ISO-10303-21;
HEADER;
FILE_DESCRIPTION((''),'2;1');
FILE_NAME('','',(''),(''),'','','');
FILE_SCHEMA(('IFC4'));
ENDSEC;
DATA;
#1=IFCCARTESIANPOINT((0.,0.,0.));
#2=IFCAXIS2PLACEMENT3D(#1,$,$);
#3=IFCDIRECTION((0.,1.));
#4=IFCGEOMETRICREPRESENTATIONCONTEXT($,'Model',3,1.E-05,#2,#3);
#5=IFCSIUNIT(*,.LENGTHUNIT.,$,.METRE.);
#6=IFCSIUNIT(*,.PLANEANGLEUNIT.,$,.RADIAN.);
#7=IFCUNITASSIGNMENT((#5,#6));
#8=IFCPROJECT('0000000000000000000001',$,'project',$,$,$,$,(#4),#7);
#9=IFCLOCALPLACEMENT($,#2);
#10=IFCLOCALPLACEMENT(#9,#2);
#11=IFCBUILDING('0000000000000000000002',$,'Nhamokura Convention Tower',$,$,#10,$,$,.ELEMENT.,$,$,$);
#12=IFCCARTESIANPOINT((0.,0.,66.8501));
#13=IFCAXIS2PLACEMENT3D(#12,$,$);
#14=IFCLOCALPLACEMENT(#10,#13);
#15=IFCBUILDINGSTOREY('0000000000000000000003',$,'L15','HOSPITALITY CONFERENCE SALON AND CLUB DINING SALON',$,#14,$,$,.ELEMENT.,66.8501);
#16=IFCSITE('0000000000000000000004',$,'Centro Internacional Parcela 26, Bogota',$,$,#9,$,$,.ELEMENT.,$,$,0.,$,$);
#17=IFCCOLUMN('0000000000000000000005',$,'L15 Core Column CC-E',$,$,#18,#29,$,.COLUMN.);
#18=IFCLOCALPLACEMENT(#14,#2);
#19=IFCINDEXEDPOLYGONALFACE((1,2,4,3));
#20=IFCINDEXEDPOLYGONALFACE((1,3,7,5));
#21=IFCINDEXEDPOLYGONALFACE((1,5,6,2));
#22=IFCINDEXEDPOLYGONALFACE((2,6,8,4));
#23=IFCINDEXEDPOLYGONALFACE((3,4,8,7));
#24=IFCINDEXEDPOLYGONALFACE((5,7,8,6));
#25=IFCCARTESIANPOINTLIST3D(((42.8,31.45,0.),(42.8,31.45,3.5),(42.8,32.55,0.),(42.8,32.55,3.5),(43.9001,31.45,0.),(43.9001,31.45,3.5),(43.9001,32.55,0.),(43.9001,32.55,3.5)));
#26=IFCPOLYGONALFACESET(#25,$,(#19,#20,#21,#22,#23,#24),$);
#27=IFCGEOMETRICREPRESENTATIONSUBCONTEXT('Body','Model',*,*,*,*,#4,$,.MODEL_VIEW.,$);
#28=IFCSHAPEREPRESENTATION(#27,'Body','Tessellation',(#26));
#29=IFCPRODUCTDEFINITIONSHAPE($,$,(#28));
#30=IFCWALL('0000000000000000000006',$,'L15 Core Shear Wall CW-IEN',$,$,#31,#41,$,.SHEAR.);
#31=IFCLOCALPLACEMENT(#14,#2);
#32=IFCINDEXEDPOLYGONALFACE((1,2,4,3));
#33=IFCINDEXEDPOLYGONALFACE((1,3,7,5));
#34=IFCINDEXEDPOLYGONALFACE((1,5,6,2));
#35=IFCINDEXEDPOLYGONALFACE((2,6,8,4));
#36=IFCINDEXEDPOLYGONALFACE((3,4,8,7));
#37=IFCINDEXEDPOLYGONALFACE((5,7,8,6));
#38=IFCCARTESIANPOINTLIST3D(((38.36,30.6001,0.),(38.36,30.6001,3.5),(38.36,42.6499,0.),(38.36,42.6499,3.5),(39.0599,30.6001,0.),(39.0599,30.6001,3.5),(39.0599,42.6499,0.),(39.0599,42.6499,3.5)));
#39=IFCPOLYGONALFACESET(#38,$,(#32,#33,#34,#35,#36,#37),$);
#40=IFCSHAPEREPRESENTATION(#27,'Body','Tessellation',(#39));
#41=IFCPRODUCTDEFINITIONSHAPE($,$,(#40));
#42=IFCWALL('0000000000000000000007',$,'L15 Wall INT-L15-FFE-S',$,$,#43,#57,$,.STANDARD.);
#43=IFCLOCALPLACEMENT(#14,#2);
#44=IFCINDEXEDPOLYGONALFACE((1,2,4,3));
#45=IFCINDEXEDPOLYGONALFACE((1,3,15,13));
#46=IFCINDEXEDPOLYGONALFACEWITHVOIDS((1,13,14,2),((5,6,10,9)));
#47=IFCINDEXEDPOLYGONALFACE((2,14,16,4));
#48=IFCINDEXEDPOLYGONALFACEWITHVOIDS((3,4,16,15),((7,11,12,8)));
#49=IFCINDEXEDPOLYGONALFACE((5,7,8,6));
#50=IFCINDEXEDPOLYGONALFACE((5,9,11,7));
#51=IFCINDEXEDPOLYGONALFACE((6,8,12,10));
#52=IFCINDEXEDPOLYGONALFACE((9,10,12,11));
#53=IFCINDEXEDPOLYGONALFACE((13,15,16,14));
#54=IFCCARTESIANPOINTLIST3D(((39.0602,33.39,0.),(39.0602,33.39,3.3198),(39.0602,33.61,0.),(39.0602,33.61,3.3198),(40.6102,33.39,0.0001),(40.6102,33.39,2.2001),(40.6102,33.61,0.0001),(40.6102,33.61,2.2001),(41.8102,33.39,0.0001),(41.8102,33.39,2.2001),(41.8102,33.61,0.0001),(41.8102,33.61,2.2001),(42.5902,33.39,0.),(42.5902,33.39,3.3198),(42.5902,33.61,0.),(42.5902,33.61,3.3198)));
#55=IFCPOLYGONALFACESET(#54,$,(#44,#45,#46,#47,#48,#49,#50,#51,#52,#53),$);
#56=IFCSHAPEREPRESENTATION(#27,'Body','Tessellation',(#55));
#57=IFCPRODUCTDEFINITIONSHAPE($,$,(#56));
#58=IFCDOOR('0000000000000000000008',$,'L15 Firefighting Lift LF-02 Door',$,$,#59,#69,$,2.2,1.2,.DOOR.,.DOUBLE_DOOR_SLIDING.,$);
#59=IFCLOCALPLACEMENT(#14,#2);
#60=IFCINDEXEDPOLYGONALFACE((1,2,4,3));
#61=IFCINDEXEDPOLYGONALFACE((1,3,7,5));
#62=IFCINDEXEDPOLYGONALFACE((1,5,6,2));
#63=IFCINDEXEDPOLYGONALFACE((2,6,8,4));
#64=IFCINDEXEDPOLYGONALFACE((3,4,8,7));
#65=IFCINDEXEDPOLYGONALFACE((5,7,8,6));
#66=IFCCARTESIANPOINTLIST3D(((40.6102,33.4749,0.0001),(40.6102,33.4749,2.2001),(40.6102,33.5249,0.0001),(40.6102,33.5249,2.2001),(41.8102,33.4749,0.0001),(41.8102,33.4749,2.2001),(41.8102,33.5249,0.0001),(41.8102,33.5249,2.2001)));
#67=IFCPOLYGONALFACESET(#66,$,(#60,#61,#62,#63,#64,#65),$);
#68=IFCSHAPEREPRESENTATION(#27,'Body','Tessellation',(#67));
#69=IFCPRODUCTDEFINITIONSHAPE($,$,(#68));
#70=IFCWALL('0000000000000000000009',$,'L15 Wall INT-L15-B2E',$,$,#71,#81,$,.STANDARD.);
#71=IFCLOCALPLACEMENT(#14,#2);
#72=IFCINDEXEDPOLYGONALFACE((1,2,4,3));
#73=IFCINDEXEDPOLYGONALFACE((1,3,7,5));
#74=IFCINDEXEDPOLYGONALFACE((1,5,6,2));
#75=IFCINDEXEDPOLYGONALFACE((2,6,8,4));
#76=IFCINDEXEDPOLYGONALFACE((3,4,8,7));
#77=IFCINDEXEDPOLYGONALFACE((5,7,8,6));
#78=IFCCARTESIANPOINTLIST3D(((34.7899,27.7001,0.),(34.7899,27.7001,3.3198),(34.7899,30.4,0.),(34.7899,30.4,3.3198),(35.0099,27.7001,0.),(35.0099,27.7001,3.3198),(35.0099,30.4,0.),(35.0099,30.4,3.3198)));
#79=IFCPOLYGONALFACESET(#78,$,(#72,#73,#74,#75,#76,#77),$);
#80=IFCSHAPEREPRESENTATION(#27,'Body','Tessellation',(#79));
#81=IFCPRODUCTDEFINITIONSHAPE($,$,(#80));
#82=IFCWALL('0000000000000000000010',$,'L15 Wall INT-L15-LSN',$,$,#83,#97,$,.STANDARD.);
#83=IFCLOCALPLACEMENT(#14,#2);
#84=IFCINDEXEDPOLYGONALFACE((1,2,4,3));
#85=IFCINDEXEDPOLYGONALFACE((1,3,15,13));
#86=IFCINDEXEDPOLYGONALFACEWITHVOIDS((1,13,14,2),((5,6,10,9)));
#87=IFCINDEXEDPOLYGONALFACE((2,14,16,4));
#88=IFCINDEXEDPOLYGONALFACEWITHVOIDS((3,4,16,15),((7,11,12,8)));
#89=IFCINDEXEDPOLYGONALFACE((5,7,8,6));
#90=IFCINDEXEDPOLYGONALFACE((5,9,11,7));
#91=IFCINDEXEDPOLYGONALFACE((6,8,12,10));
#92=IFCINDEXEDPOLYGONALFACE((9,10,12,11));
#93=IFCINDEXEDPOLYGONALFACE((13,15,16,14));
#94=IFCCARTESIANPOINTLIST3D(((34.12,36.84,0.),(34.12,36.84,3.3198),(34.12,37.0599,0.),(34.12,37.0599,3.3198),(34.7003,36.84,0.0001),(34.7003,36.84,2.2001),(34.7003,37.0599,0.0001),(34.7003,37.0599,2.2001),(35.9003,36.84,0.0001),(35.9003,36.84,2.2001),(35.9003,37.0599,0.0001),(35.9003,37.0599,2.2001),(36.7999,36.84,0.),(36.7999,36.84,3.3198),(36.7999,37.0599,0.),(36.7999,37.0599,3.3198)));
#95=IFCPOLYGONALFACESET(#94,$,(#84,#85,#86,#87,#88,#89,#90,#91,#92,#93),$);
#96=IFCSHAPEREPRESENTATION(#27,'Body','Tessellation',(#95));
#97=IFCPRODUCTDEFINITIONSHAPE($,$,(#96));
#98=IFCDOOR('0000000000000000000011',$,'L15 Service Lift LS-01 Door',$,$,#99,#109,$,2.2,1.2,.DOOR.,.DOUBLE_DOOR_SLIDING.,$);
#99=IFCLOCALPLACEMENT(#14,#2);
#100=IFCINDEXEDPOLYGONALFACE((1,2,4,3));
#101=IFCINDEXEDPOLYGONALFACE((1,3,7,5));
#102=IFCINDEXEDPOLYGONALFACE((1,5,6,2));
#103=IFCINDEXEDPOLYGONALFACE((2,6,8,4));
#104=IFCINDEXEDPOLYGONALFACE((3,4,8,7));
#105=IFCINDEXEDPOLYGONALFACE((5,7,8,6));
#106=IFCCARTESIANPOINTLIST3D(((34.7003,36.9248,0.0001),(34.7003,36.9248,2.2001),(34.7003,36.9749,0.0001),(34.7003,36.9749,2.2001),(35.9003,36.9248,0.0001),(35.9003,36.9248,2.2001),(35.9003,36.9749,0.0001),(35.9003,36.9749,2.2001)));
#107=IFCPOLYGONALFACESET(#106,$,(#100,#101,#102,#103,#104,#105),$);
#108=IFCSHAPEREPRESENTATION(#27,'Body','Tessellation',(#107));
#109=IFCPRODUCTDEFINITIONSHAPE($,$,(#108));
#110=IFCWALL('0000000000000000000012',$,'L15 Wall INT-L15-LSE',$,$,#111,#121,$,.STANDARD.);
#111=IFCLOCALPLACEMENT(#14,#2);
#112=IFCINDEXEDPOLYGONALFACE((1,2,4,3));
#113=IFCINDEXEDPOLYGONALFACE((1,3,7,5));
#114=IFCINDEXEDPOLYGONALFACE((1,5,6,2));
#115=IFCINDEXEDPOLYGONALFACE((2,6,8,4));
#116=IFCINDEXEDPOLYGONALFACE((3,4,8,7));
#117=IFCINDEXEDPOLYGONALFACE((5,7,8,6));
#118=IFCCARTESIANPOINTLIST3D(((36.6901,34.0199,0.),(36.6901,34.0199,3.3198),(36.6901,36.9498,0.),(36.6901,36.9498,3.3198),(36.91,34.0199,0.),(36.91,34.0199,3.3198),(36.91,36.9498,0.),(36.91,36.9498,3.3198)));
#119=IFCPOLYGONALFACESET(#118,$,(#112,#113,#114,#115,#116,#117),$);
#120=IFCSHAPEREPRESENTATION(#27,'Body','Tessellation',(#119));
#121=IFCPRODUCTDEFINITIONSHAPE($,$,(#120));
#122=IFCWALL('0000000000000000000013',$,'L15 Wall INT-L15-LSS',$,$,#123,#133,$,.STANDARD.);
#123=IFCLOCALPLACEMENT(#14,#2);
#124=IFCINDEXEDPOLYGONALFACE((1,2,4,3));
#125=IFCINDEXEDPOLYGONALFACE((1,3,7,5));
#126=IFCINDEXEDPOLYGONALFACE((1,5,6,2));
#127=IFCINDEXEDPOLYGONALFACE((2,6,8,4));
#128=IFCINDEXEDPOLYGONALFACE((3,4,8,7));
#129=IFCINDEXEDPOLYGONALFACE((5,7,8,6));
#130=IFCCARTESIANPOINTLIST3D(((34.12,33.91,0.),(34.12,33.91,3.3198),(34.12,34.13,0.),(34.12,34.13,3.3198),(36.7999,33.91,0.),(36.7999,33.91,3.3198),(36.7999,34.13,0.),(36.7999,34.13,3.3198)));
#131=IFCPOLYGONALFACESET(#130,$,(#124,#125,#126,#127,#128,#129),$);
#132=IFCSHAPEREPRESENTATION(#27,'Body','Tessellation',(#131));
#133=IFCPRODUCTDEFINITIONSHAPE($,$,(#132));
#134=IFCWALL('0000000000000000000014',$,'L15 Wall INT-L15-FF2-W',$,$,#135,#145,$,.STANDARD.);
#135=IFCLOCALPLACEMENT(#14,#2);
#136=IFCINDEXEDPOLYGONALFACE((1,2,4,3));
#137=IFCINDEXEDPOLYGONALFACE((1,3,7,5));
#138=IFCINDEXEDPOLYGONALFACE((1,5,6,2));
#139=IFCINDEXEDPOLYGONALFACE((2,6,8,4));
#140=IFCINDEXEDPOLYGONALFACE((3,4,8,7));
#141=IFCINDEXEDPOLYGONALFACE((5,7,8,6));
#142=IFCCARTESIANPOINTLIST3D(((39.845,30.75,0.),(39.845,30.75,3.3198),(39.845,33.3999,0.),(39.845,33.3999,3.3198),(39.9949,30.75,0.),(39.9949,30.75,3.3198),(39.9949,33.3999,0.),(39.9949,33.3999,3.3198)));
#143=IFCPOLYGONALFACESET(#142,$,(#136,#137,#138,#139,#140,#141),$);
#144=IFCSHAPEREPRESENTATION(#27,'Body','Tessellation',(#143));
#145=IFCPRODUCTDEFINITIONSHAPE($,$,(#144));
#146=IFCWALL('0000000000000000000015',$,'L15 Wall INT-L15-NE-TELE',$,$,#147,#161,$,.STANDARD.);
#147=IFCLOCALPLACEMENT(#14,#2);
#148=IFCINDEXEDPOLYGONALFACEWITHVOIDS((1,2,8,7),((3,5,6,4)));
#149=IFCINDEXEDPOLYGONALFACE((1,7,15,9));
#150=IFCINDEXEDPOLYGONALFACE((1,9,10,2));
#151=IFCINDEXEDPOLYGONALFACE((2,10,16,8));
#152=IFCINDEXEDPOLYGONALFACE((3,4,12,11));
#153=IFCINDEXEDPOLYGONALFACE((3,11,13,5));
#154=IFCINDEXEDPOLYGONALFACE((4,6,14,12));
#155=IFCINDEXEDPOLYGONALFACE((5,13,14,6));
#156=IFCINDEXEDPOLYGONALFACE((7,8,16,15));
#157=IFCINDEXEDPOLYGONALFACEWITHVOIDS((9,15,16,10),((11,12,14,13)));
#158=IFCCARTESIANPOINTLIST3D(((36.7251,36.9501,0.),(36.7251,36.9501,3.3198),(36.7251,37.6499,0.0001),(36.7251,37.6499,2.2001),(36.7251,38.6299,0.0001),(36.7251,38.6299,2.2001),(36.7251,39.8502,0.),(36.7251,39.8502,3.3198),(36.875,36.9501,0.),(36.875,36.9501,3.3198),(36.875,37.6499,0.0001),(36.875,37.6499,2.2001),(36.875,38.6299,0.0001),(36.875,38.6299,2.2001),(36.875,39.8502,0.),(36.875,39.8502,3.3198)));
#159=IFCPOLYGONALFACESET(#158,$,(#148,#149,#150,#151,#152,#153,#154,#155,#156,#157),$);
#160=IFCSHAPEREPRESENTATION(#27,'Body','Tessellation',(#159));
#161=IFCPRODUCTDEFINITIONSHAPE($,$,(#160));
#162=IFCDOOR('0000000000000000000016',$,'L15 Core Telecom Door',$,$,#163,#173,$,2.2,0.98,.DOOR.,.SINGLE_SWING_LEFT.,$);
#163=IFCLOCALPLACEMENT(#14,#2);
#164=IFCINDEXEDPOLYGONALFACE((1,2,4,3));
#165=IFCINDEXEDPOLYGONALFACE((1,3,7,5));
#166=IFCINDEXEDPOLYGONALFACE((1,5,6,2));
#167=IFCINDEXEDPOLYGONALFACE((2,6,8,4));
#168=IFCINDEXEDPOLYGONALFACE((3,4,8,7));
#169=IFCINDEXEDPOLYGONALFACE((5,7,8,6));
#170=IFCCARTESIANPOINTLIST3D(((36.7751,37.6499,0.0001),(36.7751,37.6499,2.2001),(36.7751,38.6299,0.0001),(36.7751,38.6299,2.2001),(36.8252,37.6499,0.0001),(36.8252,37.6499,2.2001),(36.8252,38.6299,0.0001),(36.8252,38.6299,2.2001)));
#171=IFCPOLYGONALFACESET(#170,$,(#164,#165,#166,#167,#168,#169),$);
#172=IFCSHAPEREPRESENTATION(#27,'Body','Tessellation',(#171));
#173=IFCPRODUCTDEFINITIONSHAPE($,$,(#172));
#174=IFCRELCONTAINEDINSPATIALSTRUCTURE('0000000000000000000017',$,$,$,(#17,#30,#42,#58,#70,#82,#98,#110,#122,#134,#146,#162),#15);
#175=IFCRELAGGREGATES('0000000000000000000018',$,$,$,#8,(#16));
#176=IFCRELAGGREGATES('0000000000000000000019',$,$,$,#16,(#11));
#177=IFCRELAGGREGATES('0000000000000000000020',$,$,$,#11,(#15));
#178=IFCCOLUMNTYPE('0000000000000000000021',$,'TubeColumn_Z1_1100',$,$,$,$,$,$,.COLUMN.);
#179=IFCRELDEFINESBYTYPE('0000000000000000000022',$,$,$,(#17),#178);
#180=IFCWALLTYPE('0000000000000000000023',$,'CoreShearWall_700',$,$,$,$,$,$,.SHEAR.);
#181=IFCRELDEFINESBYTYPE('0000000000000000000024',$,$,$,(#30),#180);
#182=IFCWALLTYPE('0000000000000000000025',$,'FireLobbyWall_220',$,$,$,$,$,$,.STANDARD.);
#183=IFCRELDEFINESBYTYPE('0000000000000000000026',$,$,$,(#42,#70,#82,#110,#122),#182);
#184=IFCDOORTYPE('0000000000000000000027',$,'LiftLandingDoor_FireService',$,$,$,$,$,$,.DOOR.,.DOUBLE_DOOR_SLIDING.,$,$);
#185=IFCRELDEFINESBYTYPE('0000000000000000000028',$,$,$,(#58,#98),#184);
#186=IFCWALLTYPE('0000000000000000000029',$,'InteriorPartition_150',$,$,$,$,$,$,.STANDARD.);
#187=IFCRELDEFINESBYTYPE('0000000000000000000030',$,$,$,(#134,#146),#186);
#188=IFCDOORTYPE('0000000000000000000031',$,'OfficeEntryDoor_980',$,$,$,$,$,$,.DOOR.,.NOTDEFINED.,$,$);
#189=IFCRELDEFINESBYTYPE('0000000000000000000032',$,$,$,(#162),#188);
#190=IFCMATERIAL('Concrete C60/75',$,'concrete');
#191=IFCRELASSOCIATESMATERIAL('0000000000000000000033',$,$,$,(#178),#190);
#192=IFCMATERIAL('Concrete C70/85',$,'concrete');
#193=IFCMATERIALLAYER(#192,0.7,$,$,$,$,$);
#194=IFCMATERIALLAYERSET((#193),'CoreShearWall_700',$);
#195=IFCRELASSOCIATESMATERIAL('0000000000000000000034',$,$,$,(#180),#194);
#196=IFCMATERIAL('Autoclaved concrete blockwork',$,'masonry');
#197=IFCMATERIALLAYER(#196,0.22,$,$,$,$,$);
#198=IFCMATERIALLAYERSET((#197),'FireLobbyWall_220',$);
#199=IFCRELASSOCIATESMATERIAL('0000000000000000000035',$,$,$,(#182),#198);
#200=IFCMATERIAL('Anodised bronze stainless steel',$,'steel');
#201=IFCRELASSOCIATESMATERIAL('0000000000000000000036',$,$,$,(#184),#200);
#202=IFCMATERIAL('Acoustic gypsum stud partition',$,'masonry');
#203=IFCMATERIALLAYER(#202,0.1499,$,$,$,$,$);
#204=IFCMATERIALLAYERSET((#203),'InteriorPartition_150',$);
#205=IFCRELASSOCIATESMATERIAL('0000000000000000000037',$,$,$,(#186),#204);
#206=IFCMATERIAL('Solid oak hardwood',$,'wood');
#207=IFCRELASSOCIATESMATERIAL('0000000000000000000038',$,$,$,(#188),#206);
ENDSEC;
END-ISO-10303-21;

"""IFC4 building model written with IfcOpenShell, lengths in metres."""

from ifc_helpers import new_model, si_unit, direction, frame, frame_2d, origin, origin_2d, place, context, subcontext, project, spatial, rectangle, extrude, material, layer, layer_set, material_profile, profile_set, type_object, element, fill, save


model = new_model("IFC4")

# Units and contexts
model_context = context("Model", 3, precision=1e-05, world=origin(), true_north=direction((0.0, 1.0)))
body_context = subcontext(model_context, "Body", "Model", "MODEL_VIEW")
ifc_project = project(units=[si_unit("LENGTHUNIT", "METRE"), si_unit("PLANEANGLEUNIT", "RADIAN")], contexts=[model_context])

# Site, building, storey
site_placement = place(None, origin())
site = spatial("IfcSite", under=ifc_project, at=site_placement, Name="Centro Internacional Parcela 26, Bogota", CompositionType="ELEMENT", RefElevation=0.0)
building_placement = place(site_placement, origin())
building = spatial("IfcBuilding", under=site, at=building_placement, Name="Nhamokura Convention Tower", CompositionType="ELEMENT")
storey_placement = place(building_placement, frame((0.0, 0.0, 66.8501)))
storey = spatial("IfcBuildingStorey", under=building, at=storey_placement, Name="L15", Description="HOSPITALITY CONFERENCE SALON AND CLUB DINING SALON", CompositionType="ELEMENT", Elevation=66.8501)

# Column
ifc_material_1 = material(Name="Concrete C60/75", Category="concrete")
ifc_material_profile = material_profile(ifc_material_1, rectangle(XDim=1.1001, YDim=1.1001, at=origin_2d()))
ifc_profile_set = profile_set([ifc_material_profile], Name="Concrete C60/75")
column_type = type_object("IfcColumnType", Name="TubeColumn_Z1_1100", PredefinedType="COLUMN", material=ifc_profile_set)
column_placement = place(storey_placement, frame((43.3501, 32.0, 0.0), z_axis=(0.0, 0.0, 1.0), x_axis=(1.0, 0.0, 0.0)))
element("IfcColumn", 1, at=column_placement, inside=storey, type_object=column_type, Name="L15 Core Column CC-E", PredefinedType="COLUMN", context=body_context, shape_type="SweptSolid", body=[
    extrude(rectangle(XDim=1.1001, YDim=1.1001, at=origin_2d()), origin(), (0.0, 0.0, 1.0), 3.5),
])

# Shared definitions
ifc_material_2 = material(Name="Concrete C70/85", Category="concrete")
ifc_layer_1 = layer(ifc_material_2, 0.7)
ifc_layer_set_1 = layer_set([ifc_layer_1], Name="CoreShearWall_700")
wall_type_1 = type_object("IfcWallType", Name="CoreShearWall_700", PredefinedType="SHEAR", material=ifc_layer_set_1)

# Wall
wall_1_placement = place(storey_placement, frame((38.71, 30.6001, 0.0), z_axis=(0.0, 0.0, 1.0), x_axis=(0.0, 1.0, 0.0)))
element("IfcWall", 2, at=wall_1_placement, inside=storey, type_object=wall_type_1, Name="L15 Core Shear Wall CW-IEN", PredefinedType="SHEAR", context=body_context, shape_type="SweptSolid", body=[
    extrude(rectangle(XDim=12.0498, YDim=0.7, at=frame_2d((6.0249, 0.0))), origin(), (0.0, 0.0, 1.0), 3.5),
])

# Wall, opening, door
ifc_material_3 = material(Name="Autoclaved concrete blockwork", Category="masonry")
ifc_layer_2 = layer(ifc_material_3, 0.22)
ifc_layer_set_2 = layer_set([ifc_layer_2], Name="FireLobbyWall_220")
wall_type_2 = type_object("IfcWallType", Name="FireLobbyWall_220", PredefinedType="STANDARD", material=ifc_layer_set_2)
wall_2_placement = place(storey_placement, frame((39.0601, 33.5, 0.0), z_axis=(0.0, 0.0, 1.0), x_axis=(1.0, 0.0, 0.0)))
wall_2 = element("IfcWall", 3, at=wall_2_placement, inside=storey, type_object=wall_type_2, Name="L15 Wall INT-L15-FFE-S", PredefinedType="STANDARD", context=body_context, shape_type="SweptSolid", body=[
    extrude(rectangle(XDim=3.53, YDim=0.22, at=frame_2d((1.7651, 0.0))), origin(), (0.0, 0.0, 1.0), 3.3198),
])
opening_1_placement = place(wall_2_placement, frame((1.55, 0.0, 0.0)))
opening_1 = element("IfcOpeningElement", 4, at=opening_1_placement, cuts=wall_2, PredefinedType="OPENING", context=body_context, shape_type="SweptSolid", body=[
    extrude(rectangle(XDim=1.2, YDim=2.2, at=frame_2d((0.6001, 1.1001))), frame((0.0, 0.1199, 0.0), z_axis=(0.0, -1.0, 0.0), x_axis=(1.0, 0.0, 0.0)), (0.0, 0.0, 1.0), 0.24),
])
ifc_material_4 = material(Name="Anodised bronze stainless steel", Category="steel")
door_type_1 = type_object("IfcDoorType", Name="LiftLandingDoor_FireService", OperationType="DOUBLE_DOOR_SLIDING", PredefinedType="DOOR", material=ifc_material_4)
door_1_placement = place(opening_1_placement, origin())
door_1 = element("IfcDoor", 5, at=door_1_placement, inside=storey, type_object=door_type_1, Name="L15 Firefighting Lift LF-02 Door", OperationType="DOUBLE_DOOR_SLIDING", OverallHeight=2.2, OverallWidth=1.2, PredefinedType="DOOR", context=body_context, shape_type="SweptSolid", body=[
    extrude(rectangle(XDim=1.2, YDim=2.2, at=frame_2d((0.6001, 1.1001))), frame((0.0, 0.0249, 0.0), z_axis=(0.0, -1.0, 0.0), x_axis=(1.0, 0.0, 0.0)), (0.0, 0.0, 1.0), 0.05),
])
fill(opening_1, door_1)

# Wall
wall_3_placement = place(storey_placement, frame((34.8999, 27.7, 0.0), z_axis=(0.0, 0.0, 1.0), x_axis=(0.0, 1.0, 0.0)))
element("IfcWall", 6, at=wall_3_placement, inside=storey, type_object=wall_type_2, Name="L15 Wall INT-L15-B2E", PredefinedType="STANDARD", context=body_context, shape_type="SweptSolid", body=[
    extrude(rectangle(XDim=2.7, YDim=0.22, at=frame_2d((1.3501, 0.0))), origin(), (0.0, 0.0, 1.0), 3.3198),
])

# Wall, opening, door
wall_4_placement = place(storey_placement, frame((34.1201, 36.95, 0.0), z_axis=(0.0, 0.0, 1.0), x_axis=(1.0, 0.0, 0.0)))
wall_4 = element("IfcWall", 7, at=wall_4_placement, inside=storey, type_object=wall_type_2, Name="L15 Wall INT-L15-LSN", PredefinedType="STANDARD", context=body_context, shape_type="SweptSolid", body=[
    extrude(rectangle(XDim=2.6799, YDim=0.22, at=frame_2d((1.3398, 0.0))), origin(), (0.0, 0.0, 1.0), 3.3198),
])
opening_2_placement = place(wall_4_placement, frame((0.5801, 0.0, 0.0)))
opening_2 = element("IfcOpeningElement", 8, at=opening_2_placement, cuts=wall_4, PredefinedType="OPENING", context=body_context, shape_type="SweptSolid", body=[
    extrude(rectangle(XDim=1.2, YDim=2.2, at=frame_2d((0.6001, 1.1001))), frame((0.0, 0.1199, 0.0), z_axis=(0.0, -1.0, 0.0), x_axis=(1.0, 0.0, 0.0)), (0.0, 0.0, 1.0), 0.24),
])
door_2_placement = place(opening_2_placement, origin())
door_2 = element("IfcDoor", 9, at=door_2_placement, inside=storey, type_object=door_type_1, Name="L15 Service Lift LS-01 Door", OperationType="DOUBLE_DOOR_SLIDING", OverallHeight=2.2, OverallWidth=1.2, PredefinedType="DOOR", context=body_context, shape_type="SweptSolid", body=[
    extrude(rectangle(XDim=1.2, YDim=2.2, at=frame_2d((0.6001, 1.1001))), frame((0.0, 0.0249, 0.0), z_axis=(0.0, -1.0, 0.0), x_axis=(1.0, 0.0, 0.0)), (0.0, 0.0, 1.0), 0.05),
])
fill(opening_2, door_2)

# Walls
wall_5_placement = place(storey_placement, frame((36.8, 34.02, 0.0), z_axis=(0.0, 0.0, 1.0), x_axis=(0.0, 1.0, 0.0)))
element("IfcWall", 10, at=wall_5_placement, inside=storey, type_object=wall_type_2, Name="L15 Wall INT-L15-LSE", PredefinedType="STANDARD", context=body_context, shape_type="SweptSolid", body=[
    extrude(rectangle(XDim=2.9299, YDim=0.22, at=frame_2d((1.4648, 0.0))), origin(), (0.0, 0.0, 1.0), 3.3198),
])
wall_6_placement = place(storey_placement, frame((34.1201, 34.02, 0.0), z_axis=(0.0, 0.0, 1.0), x_axis=(1.0, 0.0, 0.0)))
element("IfcWall", 11, at=wall_6_placement, inside=storey, type_object=wall_type_2, Name="L15 Wall INT-L15-LSS", PredefinedType="STANDARD", context=body_context, shape_type="SweptSolid", body=[
    extrude(rectangle(XDim=2.6799, YDim=0.22, at=frame_2d((1.3398, 0.0))), origin(), (0.0, 0.0, 1.0), 3.3198),
])
ifc_material_5 = material(Name="Acoustic gypsum stud partition", Category="masonry")
ifc_layer_3 = layer(ifc_material_5, 0.1499)
ifc_layer_set_3 = layer_set([ifc_layer_3], Name="InteriorPartition_150")
wall_type_3 = type_object("IfcWallType", Name="InteriorPartition_150", PredefinedType="STANDARD", material=ifc_layer_set_3)
wall_7_placement = place(storey_placement, frame((39.9199, 30.75, 0.0), z_axis=(0.0, 0.0, 1.0), x_axis=(0.0, 1.0, 0.0)))
element("IfcWall", 12, at=wall_7_placement, inside=storey, type_object=wall_type_3, Name="L15 Wall INT-L15-FF2-W", PredefinedType="STANDARD", context=body_context, shape_type="SweptSolid", body=[
    extrude(rectangle(XDim=2.6499, YDim=0.1499, at=frame_2d((1.325, 0.0))), origin(), (0.0, 0.0, 1.0), 3.3198),
])

# Wall, opening, door
wall_8_placement = place(storey_placement, frame((36.8, 36.95, 0.0), z_axis=(0.0, 0.0, 1.0), x_axis=(0.0, 1.0, 0.0)))
wall_8 = element("IfcWall", 13, at=wall_8_placement, inside=storey, type_object=wall_type_3, Name="L15 Wall INT-L15-NE-TELE", PredefinedType="STANDARD", context=body_context, shape_type="SweptSolid", body=[
    extrude(rectangle(XDim=2.9001, YDim=0.1499, at=frame_2d((1.4502, 0.0))), origin(), (0.0, 0.0, 1.0), 3.3198),
])
opening_3_placement = place(wall_8_placement, frame((0.7, 0.0, 0.0)))
opening_3 = element("IfcOpeningElement", 14, at=opening_3_placement, cuts=wall_8, PredefinedType="OPENING", context=body_context, shape_type="SweptSolid", body=[
    extrude(rectangle(XDim=0.98, YDim=2.2, at=frame_2d((0.49, 1.1001))), frame((0.0, 0.085, 0.0), z_axis=(0.0, -1.0, 0.0), x_axis=(1.0, 0.0, 0.0)), (0.0, 0.0, 1.0), 0.1699),
])
ifc_material_6 = material(Name="Solid oak hardwood", Category="wood")
door_type_2 = type_object("IfcDoorType", Name="OfficeEntryDoor_980", OperationType="NOTDEFINED", PredefinedType="DOOR", material=ifc_material_6)
door_3_placement = place(opening_3_placement, origin())
door_3 = element("IfcDoor", 15, at=door_3_placement, inside=storey, type_object=door_type_2, Name="L15 Core Telecom Door", OperationType="SINGLE_SWING_LEFT", OverallHeight=2.2, OverallWidth=0.98, PredefinedType="DOOR", context=body_context, shape_type="SweptSolid", body=[
    extrude(rectangle(XDim=0.98, YDim=2.2, at=frame_2d((0.49, 1.1001))), frame((0.0, 0.0249, 0.0), z_axis=(0.0, -1.0, 0.0), x_axis=(1.0, 0.0, 0.0)), (0.0, 0.0, 1.0), 0.05),
])
fill(opening_3, door_3)

save(model, "model.ifc")
